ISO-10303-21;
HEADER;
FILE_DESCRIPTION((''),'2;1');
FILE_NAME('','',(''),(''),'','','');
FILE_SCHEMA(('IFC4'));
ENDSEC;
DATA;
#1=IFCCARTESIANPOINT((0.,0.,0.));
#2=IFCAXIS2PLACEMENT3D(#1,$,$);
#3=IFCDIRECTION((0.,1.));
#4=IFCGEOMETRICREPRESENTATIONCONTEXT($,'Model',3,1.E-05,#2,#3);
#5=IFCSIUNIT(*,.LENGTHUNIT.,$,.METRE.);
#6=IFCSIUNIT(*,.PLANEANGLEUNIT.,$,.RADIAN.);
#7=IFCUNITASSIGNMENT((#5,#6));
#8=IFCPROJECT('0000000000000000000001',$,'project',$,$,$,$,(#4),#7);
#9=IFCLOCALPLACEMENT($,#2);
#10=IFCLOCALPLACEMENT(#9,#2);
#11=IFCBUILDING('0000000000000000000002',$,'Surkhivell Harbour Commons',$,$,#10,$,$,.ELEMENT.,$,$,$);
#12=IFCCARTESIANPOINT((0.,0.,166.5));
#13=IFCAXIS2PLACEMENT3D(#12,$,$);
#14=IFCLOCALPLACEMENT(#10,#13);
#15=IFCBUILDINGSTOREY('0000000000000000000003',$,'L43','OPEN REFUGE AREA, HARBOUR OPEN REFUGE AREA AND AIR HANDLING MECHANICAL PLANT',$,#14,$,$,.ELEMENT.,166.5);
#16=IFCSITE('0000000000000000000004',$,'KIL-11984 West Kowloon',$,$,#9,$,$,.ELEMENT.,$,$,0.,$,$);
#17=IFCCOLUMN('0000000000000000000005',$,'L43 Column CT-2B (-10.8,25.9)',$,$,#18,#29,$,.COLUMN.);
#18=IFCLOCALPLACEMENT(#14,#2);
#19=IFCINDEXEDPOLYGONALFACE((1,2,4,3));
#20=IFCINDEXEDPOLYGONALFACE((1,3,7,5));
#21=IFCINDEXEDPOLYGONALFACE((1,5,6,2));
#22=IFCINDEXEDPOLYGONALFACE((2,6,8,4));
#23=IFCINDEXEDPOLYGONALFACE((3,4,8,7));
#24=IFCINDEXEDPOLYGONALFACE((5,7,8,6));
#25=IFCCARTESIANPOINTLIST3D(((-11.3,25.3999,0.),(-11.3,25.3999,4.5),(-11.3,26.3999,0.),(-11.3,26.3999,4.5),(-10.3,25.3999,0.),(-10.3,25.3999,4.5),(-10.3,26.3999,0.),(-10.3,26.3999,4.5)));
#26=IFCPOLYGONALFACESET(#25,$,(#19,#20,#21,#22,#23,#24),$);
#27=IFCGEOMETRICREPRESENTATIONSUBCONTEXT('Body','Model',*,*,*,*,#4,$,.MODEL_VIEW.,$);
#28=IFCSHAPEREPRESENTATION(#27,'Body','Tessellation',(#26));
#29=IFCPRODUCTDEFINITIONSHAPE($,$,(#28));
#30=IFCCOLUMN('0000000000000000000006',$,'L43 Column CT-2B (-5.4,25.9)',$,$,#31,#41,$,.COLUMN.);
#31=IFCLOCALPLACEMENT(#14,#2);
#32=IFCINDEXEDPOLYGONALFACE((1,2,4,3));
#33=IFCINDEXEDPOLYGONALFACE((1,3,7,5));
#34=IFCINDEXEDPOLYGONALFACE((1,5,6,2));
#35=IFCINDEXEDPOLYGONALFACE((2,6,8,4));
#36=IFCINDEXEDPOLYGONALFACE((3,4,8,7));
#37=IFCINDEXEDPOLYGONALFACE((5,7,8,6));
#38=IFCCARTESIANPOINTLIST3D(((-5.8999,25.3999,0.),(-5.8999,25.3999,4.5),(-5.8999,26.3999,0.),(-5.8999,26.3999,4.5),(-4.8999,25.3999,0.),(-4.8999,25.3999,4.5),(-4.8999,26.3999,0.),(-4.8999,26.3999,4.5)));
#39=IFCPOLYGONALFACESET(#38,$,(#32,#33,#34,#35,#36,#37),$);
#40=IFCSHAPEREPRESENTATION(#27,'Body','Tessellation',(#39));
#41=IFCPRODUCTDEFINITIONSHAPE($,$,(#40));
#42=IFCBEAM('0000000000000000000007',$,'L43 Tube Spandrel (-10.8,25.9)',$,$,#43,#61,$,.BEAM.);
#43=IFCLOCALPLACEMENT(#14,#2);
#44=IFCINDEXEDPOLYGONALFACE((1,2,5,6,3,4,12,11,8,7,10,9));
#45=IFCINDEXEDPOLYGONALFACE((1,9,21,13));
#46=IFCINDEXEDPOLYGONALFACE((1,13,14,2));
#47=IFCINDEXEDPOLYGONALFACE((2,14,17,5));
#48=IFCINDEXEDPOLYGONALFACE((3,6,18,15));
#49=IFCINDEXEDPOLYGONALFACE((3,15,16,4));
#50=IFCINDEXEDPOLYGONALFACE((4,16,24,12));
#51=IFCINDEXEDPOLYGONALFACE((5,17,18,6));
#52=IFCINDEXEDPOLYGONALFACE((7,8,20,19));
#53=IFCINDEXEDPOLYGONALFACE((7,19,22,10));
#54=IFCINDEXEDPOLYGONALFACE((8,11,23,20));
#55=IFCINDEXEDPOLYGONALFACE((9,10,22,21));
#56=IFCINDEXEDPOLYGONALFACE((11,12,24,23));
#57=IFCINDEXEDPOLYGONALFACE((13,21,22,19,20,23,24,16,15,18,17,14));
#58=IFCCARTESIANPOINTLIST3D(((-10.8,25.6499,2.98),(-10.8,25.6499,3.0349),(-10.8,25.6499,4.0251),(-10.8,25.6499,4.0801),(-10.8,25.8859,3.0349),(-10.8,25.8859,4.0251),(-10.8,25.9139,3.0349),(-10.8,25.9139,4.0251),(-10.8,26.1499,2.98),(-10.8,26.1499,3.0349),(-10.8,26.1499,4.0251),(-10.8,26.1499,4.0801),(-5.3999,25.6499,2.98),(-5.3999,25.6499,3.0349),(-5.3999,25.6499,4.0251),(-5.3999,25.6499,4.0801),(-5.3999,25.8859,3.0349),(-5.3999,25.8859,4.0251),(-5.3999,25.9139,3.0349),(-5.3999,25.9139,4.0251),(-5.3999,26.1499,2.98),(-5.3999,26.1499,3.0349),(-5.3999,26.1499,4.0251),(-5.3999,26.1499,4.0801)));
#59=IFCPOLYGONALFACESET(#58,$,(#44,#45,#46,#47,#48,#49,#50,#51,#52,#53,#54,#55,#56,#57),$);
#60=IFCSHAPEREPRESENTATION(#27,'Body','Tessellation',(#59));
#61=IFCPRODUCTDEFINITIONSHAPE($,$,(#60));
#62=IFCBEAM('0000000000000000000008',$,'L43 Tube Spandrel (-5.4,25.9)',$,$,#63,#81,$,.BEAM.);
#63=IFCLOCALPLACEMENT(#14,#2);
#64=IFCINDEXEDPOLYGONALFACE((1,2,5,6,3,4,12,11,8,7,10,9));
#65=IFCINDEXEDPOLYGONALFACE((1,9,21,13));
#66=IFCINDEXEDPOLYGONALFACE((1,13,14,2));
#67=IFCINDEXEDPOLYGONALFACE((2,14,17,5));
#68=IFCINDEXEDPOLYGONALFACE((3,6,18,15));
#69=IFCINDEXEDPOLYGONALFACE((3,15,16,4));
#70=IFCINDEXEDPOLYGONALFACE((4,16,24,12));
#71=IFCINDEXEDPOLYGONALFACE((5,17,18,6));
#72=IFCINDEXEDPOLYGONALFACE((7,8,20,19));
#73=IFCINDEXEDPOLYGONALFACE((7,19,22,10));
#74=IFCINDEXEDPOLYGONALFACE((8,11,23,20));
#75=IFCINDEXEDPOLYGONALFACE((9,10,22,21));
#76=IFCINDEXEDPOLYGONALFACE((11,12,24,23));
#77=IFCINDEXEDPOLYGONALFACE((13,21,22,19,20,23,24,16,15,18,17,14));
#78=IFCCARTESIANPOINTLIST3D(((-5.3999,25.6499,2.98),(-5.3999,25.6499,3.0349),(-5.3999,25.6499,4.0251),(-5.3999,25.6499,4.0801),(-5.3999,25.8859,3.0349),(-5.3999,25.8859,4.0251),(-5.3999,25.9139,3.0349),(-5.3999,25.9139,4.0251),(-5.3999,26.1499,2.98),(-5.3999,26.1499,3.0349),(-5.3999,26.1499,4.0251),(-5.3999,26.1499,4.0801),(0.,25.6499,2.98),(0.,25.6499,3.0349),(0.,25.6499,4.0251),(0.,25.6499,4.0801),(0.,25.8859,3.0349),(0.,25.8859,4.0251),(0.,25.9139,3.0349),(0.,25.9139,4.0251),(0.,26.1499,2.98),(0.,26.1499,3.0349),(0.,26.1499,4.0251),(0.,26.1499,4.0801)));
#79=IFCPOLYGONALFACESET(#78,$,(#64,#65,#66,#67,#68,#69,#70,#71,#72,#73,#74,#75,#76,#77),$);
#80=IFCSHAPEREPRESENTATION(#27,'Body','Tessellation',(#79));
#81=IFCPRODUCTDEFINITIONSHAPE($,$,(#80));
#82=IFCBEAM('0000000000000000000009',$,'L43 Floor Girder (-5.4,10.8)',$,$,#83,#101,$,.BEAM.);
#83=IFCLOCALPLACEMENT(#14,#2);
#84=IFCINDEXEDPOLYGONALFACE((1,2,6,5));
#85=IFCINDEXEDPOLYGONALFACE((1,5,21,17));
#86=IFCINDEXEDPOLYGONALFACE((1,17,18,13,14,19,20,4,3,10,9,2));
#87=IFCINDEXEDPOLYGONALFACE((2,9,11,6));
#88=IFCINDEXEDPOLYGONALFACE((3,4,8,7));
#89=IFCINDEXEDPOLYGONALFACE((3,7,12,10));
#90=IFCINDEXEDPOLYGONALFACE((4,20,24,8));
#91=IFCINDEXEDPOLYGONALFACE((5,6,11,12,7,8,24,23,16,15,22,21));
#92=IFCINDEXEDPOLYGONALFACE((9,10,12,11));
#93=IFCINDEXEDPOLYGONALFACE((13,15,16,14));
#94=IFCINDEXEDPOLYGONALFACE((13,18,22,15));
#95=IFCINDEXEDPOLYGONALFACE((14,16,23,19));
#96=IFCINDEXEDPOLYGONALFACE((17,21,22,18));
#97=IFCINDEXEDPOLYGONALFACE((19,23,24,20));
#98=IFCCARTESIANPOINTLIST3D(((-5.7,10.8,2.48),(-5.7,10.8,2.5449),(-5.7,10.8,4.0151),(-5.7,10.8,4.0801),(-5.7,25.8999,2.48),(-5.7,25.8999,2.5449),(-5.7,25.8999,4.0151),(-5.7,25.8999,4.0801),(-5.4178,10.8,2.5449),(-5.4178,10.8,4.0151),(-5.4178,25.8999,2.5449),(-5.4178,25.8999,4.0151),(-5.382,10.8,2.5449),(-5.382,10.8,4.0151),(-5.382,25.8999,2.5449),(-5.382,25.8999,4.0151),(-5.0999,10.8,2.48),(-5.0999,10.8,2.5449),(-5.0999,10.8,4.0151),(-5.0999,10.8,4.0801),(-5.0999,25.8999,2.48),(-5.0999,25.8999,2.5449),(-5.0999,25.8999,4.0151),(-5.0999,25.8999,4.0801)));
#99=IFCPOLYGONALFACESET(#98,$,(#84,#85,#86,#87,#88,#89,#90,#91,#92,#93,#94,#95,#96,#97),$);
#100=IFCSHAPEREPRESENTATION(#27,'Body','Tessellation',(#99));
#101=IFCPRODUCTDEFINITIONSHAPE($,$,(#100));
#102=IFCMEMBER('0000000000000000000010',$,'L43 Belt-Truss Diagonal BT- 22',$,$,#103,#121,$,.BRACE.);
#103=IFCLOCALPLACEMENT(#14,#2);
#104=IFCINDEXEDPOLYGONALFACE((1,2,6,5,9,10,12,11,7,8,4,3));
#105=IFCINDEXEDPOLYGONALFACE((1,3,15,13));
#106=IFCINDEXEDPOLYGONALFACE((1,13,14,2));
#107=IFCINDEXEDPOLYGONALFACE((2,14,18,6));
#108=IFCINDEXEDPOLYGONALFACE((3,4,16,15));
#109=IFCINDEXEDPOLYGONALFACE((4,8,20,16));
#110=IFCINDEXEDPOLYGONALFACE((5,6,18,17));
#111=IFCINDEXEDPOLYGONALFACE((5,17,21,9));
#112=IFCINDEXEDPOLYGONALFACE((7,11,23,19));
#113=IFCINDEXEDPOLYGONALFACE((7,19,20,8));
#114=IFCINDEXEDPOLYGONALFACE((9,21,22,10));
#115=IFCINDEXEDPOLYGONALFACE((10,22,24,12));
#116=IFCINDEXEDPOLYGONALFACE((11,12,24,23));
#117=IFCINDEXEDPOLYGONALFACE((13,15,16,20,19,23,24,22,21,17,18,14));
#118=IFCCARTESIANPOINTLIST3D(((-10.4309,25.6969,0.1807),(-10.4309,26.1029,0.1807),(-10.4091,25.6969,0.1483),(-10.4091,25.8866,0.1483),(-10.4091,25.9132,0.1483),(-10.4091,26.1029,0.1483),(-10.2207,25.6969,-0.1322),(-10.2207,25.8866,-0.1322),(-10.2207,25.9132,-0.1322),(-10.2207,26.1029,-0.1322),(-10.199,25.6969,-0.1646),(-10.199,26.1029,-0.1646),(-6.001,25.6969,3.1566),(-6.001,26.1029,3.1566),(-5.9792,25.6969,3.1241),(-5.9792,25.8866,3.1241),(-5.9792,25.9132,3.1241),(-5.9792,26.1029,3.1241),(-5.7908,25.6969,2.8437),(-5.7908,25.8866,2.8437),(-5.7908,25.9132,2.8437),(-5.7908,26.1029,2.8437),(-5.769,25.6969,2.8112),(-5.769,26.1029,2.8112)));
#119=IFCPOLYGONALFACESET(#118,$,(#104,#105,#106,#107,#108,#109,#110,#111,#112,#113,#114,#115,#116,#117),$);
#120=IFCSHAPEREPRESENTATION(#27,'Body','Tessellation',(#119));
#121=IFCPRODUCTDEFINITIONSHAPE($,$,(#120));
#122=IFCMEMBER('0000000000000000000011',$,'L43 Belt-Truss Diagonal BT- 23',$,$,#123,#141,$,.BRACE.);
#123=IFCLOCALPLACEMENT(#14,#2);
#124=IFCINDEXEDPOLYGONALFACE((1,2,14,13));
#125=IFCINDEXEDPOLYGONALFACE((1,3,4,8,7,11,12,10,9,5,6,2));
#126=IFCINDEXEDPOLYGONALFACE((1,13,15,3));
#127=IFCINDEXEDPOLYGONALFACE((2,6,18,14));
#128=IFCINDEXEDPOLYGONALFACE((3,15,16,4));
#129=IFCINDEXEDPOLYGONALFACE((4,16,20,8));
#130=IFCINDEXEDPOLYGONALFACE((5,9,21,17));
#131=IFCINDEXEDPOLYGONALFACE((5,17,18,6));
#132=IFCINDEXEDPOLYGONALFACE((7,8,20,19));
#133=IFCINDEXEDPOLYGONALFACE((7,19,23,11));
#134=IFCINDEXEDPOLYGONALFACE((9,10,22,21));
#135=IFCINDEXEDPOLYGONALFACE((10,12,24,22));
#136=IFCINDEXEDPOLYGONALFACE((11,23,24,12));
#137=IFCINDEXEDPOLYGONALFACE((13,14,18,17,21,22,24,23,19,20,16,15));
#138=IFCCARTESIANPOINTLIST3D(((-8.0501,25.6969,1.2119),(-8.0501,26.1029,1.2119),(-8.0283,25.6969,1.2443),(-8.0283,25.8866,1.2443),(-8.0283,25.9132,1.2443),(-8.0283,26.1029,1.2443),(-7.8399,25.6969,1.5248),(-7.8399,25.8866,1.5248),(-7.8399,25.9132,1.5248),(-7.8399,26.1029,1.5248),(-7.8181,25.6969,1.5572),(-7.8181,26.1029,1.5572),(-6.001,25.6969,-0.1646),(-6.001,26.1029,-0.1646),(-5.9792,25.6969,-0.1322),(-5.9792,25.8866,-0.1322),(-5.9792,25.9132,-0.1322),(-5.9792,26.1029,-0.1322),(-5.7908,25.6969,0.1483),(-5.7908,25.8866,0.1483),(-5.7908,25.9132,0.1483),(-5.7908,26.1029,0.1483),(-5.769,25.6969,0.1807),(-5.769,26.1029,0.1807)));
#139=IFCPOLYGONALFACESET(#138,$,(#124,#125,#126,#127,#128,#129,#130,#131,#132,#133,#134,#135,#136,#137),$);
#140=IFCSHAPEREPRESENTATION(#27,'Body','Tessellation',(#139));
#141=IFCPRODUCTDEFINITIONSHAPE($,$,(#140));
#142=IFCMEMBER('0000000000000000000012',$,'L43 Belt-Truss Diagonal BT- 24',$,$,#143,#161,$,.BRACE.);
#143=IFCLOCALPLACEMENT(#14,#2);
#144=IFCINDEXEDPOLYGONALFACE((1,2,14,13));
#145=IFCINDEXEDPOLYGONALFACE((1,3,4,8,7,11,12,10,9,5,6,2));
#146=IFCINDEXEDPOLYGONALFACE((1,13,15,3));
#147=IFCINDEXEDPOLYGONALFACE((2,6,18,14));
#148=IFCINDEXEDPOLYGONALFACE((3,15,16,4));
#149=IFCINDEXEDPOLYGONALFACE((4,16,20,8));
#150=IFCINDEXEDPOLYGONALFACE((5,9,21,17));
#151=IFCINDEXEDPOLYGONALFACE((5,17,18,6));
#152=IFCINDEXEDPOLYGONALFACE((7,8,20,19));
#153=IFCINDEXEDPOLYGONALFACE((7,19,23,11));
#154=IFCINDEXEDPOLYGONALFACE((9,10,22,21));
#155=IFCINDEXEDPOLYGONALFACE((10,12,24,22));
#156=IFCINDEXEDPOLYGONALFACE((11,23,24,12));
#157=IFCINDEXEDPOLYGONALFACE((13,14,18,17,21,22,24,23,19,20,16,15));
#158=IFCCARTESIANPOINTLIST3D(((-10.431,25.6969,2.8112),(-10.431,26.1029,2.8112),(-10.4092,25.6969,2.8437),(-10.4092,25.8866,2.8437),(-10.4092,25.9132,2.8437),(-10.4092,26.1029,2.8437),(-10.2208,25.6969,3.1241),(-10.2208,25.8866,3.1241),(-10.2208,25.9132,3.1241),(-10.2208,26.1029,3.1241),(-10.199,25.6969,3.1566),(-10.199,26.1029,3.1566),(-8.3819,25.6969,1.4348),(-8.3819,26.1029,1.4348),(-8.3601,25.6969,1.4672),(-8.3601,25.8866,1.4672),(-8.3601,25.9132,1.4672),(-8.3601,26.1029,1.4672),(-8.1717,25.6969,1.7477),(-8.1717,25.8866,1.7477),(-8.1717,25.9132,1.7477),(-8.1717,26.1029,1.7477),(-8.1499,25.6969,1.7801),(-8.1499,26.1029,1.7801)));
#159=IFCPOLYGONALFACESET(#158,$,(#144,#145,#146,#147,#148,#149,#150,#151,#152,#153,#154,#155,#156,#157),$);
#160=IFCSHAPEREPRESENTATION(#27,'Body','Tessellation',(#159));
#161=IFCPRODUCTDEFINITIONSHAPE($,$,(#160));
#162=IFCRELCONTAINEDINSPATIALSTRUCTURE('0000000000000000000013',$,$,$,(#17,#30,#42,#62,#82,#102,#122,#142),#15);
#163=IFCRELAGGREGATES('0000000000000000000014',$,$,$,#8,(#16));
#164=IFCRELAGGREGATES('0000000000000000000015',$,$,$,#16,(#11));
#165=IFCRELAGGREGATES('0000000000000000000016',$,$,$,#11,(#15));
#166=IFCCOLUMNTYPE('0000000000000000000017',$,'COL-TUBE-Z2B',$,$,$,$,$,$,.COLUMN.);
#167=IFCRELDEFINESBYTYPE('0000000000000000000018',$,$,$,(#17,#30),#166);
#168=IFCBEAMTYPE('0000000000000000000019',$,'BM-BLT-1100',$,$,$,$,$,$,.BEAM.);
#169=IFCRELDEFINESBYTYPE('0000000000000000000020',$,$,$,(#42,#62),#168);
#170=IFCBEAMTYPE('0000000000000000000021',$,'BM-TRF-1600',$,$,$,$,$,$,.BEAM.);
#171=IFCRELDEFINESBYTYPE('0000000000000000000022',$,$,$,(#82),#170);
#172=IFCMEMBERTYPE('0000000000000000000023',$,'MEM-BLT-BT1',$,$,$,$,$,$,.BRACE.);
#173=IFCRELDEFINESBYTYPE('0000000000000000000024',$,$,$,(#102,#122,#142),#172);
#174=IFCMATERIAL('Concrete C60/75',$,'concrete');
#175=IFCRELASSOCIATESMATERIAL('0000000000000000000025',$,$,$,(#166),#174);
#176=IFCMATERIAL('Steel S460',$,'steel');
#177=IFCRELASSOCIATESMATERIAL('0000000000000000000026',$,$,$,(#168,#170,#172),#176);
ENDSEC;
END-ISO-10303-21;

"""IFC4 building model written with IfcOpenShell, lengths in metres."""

from ifc_helpers import new_model, si_unit, direction, frame, origin, origin_2d, place, context, subcontext, project, spatial, rectangle, i_section, extrude, material, material_profile, profile_set, type_object, element, save


model = new_model("IFC4")

# Units and contexts
model_context = context("Model", 3, precision=1e-05, world=origin(), true_north=direction((0.0, 1.0)))
body_context = subcontext(model_context, "Body", "Model", "MODEL_VIEW")
ifc_project = project(units=[si_unit("LENGTHUNIT", "METRE"), si_unit("PLANEANGLEUNIT", "RADIAN")], contexts=[model_context])

# Site, building, storey
site_placement = place(None, origin())
site = spatial("IfcSite", under=ifc_project, at=site_placement, Name="KIL-11984 West Kowloon", CompositionType="ELEMENT", RefElevation=0.0)
building_placement = place(site_placement, origin())
building = spatial("IfcBuilding", under=site, at=building_placement, Name="Surkhivell Harbour Commons", CompositionType="ELEMENT")
storey_placement = place(building_placement, frame((0.0, 0.0, 166.5)))
storey = spatial("IfcBuildingStorey", under=building, at=storey_placement, Name="L43", Description="OPEN REFUGE AREA, HARBOUR OPEN REFUGE AREA AND AIR HANDLING MECHANICAL PLANT", CompositionType="ELEMENT", Elevation=166.5)

# Columns
ifc_material_1 = material(Name="Concrete C60/75", Category="concrete")
ifc_material_profile_1 = material_profile(ifc_material_1, rectangle(XDim=1.0, YDim=1.0, at=origin_2d()), Name="RC-COL-1000x1000")
ifc_profile_set_1 = profile_set([ifc_material_profile_1], Name="Concrete C60/75")
column_type = type_object("IfcColumnType", Name="COL-TUBE-Z2B", PredefinedType="COLUMN", material=ifc_profile_set_1)
for number, where, z_axis, x_axis, name in (
    (1, (-10.8, 25.8999, 0.0), (0.0, 0.0, 1.0), (1.0, 0.0, 0.0), "L43 Column CT-2B (-10.8,25.9)"),
    (2, (-5.3999, 25.8999, 0.0), (0.0, 0.0, 1.0), (1.0, 0.0, 0.0), "L43 Column CT-2B (-5.4,25.9)"),
):
    element("IfcColumn", number, at=place(storey_placement, frame(where, z_axis=z_axis, x_axis=x_axis)), inside=storey, type_object=column_type, Name=name, PredefinedType="COLUMN", context=body_context, shape_type="SweptSolid", body=[
        extrude(rectangle(XDim=1.0, YDim=1.0, at=origin_2d()), origin(), (0.0, 0.0, 1.0), 4.5),
    ])

# Beams
ifc_material_2 = material(Name="Steel S460", Category="steel")
ifc_material_profile_2 = material_profile(ifc_material_2, i_section(OverallWidth=0.5, OverallDepth=1.1001, WebThickness=0.0281, FlangeThickness=0.0549, at=origin_2d()), Name="WPG1100x500x210")
ifc_profile_set_2 = profile_set([ifc_material_profile_2], Name="Steel S460")
beam_type_1 = type_object("IfcBeamType", Name="BM-BLT-1100", PredefinedType="BEAM", material=ifc_profile_set_2)
beam_1_placement = place(storey_placement, frame((-10.8, 25.8999, 3.53), z_axis=(1.0, 0.0, 0.0), x_axis=(0.0, 1.0, 0.0)))
element("IfcBeam", 3, at=beam_1_placement, inside=storey, type_object=beam_type_1, Name="L43 Tube Spandrel (-10.8,25.9)", PredefinedType="BEAM", context=body_context, shape_type="SweptSolid", body=[
    extrude(i_section(OverallWidth=0.5, OverallDepth=1.1001, WebThickness=0.0281, FlangeThickness=0.0549, at=origin_2d()), origin(), (0.0, 0.0, 1.0), 5.4001),
])
beam_2_placement = place(storey_placement, frame((-5.3999, 25.8999, 3.53), z_axis=(1.0, 0.0, 0.0), x_axis=(0.0, 1.0, 0.0)))
element("IfcBeam", 4, at=beam_2_placement, inside=storey, type_object=beam_type_1, Name="L43 Tube Spandrel (-5.4,25.9)", PredefinedType="BEAM", context=body_context, shape_type="SweptSolid", body=[
    extrude(i_section(OverallWidth=0.5, OverallDepth=1.1001, WebThickness=0.0281, FlangeThickness=0.0549, at=origin_2d()), origin(), (0.0, 0.0, 1.0), 5.3999),
])
ifc_material_profile_3 = material_profile(ifc_material_2, i_section(OverallWidth=0.6001, OverallDepth=1.6001, WebThickness=0.0359, FlangeThickness=0.0649, at=origin_2d()), Name="WPG1600x600x296")
ifc_profile_set_3 = profile_set([ifc_material_profile_3], Name="Steel S460")
beam_type_2 = type_object("IfcBeamType", Name="BM-TRF-1600", PredefinedType="BEAM", material=ifc_profile_set_3)
beam_3_placement = place(storey_placement, frame((-5.3999, 10.8, 3.28), z_axis=(0.0, 1.0, 0.0), x_axis=(-1.0, 0.0, 0.0)))
element("IfcBeam", 5, at=beam_3_placement, inside=storey, type_object=beam_type_2, Name="L43 Floor Girder (-5.4,10.8)", PredefinedType="BEAM", context=body_context, shape_type="SweptSolid", body=[
    extrude(i_section(OverallWidth=0.6001, OverallDepth=1.6001, WebThickness=0.0359, FlangeThickness=0.0649, at=origin_2d()), origin(), (0.0, 0.0, 1.0), 15.0999),
])

# Members
ifc_material_profile_4 = material_profile(ifc_material_2, i_section(OverallWidth=0.406, OverallDepth=0.416, WebThickness=0.0266, FlangeThickness=0.0391, at=origin_2d()), Name="HD400x382")
ifc_profile_set_4 = profile_set([ifc_material_profile_4], Name="Steel S460")
member_type_1 = type_object("IfcMemberType", Name="MEM-BLT-BT1", PredefinedType="BRACE", material=ifc_profile_set_4)
member_1_placement = place(storey_placement, frame((-10.3149, 25.8999, 0.0081), z_axis=(0.830096, 0.0, 0.557621), x_axis=(0.0, 1.0, 0.0)))
element("IfcMember", 6, at=member_1_placement, inside=storey, type_object=member_type_1, Name="L43 Belt-Truss Diagonal BT- 22", PredefinedType="BRACE", context=body_context, shape_type="SweptSolid", body=[
    extrude(i_section(OverallWidth=0.406, OverallDepth=0.416, WebThickness=0.0266, FlangeThickness=0.0391, at=origin_2d()), origin(), (0.0, 0.0, 1.0), 5.3367),
])
for number, where, z_axis, x_axis, name in (
    (7, (-5.885, 25.8999, 0.0081), (-0.830098, 0.0, 0.557618), (0.0, -1.0, 0.0), "L43 Belt-Truss Diagonal BT- 23"),
    (8, (-8.2659, 25.8999, 1.6074), (-0.830098, 0.0, 0.557618), (0.0, -1.0, 0.0), "L43 Belt-Truss Diagonal BT- 24"),
):
    element("IfcMember", number, at=place(storey_placement, frame(where, z_axis=z_axis, x_axis=x_axis)), inside=storey, type_object=member_type_1, Name=name, PredefinedType="BRACE", context=body_context, shape_type="SweptSolid", body=[
        extrude(i_section(OverallWidth=0.406, OverallDepth=0.416, WebThickness=0.0266, FlangeThickness=0.0391, at=origin_2d()), origin(), (0.0, 0.0, 1.0), 2.4685),
    ])

save(model, "model.ifc")
